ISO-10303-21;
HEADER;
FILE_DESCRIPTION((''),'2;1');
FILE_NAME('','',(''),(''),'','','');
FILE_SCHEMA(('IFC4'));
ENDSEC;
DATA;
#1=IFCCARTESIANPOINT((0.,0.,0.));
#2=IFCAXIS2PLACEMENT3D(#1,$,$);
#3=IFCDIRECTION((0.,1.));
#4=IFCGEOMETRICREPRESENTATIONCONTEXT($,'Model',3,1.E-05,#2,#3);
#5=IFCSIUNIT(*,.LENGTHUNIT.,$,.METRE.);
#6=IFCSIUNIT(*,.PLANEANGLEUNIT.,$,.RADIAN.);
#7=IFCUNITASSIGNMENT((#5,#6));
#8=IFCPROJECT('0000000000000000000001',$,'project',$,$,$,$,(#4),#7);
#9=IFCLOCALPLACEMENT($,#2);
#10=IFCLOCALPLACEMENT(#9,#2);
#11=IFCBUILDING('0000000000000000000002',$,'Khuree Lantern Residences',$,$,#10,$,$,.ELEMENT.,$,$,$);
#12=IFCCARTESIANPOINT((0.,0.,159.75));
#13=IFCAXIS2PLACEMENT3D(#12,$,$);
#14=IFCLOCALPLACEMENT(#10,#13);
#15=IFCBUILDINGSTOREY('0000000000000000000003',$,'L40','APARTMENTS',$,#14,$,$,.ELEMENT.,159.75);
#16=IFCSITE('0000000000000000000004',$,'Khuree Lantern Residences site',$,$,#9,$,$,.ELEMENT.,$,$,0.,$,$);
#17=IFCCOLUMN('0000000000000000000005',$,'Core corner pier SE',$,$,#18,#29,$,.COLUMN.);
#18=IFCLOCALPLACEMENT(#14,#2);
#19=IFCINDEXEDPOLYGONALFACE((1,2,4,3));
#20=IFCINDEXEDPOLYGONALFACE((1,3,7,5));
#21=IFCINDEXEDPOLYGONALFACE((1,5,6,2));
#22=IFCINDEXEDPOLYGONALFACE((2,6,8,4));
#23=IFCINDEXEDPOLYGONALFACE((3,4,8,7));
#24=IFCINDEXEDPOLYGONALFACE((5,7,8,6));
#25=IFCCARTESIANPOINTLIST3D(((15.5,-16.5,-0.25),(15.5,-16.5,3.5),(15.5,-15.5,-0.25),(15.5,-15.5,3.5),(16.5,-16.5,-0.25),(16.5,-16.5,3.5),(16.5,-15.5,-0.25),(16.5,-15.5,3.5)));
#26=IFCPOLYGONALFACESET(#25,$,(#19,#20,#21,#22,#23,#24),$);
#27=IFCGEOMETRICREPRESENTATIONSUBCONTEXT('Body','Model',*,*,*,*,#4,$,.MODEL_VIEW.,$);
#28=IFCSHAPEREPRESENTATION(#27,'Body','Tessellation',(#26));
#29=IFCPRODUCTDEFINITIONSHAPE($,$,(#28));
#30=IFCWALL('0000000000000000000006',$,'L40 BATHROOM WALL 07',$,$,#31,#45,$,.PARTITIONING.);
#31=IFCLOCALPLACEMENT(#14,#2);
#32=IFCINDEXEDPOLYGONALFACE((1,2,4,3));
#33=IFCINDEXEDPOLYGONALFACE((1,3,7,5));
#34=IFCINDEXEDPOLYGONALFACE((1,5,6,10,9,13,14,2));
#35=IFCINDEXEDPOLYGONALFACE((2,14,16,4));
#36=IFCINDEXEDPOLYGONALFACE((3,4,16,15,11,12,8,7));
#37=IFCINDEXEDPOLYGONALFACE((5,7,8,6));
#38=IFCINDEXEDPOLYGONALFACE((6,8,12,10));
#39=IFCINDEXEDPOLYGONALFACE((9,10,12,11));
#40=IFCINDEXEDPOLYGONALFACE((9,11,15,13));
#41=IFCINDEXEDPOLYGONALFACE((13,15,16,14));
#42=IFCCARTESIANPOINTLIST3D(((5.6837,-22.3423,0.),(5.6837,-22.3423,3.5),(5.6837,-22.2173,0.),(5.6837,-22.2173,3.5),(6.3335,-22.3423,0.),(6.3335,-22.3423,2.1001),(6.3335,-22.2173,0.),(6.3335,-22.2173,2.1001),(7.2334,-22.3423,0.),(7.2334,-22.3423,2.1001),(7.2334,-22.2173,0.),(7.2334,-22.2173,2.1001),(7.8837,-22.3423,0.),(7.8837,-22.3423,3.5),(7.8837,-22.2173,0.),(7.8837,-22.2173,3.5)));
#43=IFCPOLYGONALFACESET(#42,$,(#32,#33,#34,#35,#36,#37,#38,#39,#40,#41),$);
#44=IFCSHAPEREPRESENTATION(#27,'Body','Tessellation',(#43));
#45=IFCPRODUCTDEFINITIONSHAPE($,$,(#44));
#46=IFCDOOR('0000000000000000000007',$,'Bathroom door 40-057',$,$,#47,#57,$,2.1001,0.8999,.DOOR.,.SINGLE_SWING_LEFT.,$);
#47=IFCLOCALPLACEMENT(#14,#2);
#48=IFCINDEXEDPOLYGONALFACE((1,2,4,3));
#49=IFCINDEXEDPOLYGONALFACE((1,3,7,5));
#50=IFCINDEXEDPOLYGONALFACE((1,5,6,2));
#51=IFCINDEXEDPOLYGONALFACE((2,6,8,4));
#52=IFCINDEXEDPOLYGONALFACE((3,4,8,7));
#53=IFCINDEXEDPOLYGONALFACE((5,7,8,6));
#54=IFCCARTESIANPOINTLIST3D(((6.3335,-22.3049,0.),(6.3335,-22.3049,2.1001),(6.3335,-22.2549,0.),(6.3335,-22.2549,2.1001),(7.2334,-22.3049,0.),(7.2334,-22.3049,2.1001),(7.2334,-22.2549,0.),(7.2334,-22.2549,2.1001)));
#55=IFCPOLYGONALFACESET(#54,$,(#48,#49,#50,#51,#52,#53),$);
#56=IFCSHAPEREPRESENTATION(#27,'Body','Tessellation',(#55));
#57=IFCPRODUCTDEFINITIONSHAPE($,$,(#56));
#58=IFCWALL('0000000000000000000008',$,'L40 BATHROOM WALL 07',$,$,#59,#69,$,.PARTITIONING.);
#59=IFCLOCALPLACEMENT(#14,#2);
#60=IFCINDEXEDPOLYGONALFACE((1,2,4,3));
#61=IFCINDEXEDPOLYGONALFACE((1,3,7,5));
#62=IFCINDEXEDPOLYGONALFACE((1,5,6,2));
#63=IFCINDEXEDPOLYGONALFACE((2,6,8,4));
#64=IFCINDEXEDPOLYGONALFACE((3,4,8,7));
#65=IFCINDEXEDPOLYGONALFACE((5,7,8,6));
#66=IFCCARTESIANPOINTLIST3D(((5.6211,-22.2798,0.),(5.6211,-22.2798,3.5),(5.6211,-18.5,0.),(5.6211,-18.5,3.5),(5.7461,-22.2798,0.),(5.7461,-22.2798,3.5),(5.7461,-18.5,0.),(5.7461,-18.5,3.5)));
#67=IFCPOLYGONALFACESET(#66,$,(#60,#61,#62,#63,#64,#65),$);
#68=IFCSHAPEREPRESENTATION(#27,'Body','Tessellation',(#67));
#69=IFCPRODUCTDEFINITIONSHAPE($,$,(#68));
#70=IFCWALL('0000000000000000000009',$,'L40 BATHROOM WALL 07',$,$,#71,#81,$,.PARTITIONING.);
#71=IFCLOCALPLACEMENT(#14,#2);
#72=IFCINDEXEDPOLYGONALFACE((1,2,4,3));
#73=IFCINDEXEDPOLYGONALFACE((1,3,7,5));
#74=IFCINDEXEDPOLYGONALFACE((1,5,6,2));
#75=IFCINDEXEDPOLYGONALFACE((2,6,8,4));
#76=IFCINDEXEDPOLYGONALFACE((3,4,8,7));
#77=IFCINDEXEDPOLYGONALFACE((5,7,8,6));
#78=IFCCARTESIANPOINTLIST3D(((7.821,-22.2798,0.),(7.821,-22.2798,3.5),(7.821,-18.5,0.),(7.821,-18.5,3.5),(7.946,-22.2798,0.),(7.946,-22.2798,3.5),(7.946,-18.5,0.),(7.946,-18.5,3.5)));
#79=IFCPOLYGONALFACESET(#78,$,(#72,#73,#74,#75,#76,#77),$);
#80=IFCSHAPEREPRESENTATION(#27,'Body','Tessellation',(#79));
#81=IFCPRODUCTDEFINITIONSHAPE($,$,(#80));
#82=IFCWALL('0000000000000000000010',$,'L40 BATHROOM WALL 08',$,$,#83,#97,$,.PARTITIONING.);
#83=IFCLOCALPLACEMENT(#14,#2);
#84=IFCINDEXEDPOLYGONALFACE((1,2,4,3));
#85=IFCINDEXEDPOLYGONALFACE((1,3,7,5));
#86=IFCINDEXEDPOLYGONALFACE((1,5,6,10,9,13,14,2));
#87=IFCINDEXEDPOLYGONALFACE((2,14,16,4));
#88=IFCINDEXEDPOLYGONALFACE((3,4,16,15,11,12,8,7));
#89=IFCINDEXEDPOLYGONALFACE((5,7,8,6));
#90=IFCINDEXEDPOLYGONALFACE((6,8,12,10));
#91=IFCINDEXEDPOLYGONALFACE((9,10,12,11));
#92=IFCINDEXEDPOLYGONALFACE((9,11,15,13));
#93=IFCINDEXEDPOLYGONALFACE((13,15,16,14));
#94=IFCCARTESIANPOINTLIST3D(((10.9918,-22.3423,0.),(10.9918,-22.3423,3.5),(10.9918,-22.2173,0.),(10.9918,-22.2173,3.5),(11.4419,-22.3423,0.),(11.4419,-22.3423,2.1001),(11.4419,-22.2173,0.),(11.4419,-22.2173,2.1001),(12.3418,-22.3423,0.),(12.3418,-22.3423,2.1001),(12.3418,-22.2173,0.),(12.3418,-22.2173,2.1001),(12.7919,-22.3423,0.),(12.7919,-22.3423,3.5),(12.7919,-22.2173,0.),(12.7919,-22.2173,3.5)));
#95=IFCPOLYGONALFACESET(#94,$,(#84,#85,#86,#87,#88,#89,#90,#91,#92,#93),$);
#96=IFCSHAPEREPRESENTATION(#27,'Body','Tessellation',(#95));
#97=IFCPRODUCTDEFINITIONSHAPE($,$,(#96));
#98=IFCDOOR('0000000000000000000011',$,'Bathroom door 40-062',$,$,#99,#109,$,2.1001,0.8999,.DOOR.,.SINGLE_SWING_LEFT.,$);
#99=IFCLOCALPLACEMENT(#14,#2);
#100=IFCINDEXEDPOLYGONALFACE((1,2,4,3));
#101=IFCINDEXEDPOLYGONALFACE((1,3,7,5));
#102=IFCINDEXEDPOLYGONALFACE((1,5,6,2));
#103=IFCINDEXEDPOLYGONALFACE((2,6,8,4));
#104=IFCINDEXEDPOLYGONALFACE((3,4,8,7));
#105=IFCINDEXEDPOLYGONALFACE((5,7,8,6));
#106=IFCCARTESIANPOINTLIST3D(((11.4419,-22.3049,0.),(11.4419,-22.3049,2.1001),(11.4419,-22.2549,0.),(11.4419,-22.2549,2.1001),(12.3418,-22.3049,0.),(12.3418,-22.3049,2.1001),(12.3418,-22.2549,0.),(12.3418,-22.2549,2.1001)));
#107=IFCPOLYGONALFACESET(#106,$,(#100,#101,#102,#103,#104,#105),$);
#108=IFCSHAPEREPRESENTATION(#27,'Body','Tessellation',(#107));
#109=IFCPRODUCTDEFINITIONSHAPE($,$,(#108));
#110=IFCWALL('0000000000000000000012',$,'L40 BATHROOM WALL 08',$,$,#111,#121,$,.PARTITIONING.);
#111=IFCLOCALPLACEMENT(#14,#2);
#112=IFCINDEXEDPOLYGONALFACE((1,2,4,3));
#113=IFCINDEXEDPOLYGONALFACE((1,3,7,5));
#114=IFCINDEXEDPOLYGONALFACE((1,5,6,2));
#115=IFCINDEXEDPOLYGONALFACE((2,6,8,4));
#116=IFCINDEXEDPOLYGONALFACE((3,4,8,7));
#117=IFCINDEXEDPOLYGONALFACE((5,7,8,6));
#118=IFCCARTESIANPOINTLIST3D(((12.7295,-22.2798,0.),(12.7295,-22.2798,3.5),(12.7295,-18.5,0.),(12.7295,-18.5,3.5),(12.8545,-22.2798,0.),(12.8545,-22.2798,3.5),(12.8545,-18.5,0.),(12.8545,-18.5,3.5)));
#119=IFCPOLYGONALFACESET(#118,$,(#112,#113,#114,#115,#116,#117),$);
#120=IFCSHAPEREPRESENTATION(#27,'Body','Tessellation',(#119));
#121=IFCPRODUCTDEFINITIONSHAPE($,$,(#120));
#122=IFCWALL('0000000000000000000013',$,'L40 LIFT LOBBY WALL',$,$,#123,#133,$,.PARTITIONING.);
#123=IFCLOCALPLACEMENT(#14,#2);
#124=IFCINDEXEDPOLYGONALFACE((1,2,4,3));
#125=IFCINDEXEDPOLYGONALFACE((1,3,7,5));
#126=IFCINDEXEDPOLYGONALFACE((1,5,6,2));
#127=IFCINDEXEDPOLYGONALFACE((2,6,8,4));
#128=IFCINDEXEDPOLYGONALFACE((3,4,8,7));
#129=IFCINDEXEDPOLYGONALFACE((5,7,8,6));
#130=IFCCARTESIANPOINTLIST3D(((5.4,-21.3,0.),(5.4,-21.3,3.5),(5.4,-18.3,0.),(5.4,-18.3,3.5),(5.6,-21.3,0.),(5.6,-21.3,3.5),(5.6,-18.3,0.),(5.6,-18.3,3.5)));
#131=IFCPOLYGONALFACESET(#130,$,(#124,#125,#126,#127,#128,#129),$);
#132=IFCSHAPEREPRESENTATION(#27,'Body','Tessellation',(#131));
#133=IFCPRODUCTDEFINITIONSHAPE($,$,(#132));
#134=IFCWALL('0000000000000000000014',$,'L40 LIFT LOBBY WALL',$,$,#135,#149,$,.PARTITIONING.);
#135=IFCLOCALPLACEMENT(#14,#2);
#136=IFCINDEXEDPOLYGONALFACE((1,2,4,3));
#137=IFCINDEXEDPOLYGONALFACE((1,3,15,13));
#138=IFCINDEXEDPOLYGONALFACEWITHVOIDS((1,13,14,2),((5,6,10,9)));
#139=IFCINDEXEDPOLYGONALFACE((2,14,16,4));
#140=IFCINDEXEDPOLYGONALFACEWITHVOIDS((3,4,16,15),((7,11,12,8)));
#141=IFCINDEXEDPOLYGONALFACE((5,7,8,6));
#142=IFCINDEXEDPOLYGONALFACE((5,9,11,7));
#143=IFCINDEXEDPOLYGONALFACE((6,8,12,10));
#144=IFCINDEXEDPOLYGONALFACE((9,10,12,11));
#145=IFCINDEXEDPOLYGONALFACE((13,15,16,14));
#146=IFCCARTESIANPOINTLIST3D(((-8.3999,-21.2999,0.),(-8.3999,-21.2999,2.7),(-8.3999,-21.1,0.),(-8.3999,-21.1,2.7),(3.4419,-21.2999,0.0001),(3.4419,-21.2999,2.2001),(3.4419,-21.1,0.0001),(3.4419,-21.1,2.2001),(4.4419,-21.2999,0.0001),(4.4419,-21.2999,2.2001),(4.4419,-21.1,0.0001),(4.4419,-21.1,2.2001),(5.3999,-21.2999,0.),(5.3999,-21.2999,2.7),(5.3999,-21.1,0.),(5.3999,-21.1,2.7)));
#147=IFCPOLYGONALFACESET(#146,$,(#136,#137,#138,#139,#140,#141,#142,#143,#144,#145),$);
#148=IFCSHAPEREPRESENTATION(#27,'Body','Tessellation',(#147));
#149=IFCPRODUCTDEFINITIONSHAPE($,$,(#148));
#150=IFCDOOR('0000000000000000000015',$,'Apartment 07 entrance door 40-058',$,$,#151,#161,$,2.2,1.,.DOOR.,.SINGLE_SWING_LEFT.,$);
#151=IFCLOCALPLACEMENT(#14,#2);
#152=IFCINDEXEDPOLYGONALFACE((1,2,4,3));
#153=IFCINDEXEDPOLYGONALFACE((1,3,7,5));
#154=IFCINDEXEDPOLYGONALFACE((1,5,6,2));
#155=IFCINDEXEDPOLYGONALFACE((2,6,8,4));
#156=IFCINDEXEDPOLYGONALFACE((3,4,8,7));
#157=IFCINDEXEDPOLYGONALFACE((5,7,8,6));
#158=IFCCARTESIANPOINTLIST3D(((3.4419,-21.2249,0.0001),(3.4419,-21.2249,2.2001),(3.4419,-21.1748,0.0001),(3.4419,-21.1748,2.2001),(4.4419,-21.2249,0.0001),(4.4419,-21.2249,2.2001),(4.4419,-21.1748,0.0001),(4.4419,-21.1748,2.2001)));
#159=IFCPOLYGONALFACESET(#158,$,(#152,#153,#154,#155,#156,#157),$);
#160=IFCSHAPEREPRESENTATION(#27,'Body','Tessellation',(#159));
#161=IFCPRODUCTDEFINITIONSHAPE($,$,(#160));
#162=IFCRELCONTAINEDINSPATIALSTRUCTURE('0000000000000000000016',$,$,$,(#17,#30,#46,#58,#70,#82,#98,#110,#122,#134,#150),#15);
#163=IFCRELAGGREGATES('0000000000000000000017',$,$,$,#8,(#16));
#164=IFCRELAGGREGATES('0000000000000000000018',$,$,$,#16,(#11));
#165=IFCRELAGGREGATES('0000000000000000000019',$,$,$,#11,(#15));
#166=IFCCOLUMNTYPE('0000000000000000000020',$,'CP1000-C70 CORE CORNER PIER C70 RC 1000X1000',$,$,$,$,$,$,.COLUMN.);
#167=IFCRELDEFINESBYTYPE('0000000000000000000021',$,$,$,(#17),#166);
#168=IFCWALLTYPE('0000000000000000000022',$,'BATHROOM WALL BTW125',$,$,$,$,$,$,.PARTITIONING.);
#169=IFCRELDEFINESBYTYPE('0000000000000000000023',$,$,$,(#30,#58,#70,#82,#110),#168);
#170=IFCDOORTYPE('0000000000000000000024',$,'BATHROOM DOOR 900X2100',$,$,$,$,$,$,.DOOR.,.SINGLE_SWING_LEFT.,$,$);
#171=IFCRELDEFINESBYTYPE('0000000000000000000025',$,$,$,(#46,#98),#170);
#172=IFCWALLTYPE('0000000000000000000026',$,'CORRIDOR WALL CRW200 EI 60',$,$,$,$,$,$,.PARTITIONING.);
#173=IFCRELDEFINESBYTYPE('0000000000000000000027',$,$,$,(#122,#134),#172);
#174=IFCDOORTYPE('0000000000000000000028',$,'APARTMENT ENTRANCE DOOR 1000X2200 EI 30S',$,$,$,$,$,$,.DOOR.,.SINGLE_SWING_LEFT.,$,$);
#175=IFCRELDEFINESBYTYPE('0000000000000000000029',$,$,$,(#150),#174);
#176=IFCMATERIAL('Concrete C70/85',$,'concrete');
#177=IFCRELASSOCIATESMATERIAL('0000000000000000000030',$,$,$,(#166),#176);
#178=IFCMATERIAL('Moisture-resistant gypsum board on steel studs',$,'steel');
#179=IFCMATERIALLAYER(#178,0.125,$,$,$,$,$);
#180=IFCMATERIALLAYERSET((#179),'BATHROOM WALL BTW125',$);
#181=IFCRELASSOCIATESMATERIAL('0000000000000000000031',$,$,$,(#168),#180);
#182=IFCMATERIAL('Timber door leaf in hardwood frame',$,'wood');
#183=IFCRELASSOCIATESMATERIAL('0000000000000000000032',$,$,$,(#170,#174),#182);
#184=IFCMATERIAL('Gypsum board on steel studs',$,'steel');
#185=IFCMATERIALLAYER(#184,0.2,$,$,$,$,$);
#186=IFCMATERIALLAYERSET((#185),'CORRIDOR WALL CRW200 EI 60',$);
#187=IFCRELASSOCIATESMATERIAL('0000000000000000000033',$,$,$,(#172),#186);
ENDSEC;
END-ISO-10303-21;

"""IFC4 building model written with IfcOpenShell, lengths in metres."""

from ifc_helpers import new_model, si_unit, direction, frame, frame_2d, origin, origin_2d, place, context, subcontext, project, spatial, rectangle, extrude, material, layer, layer_set, material_profile, profile_set, type_object, element, fill, save


model = new_model("IFC4")

# Units and contexts
model_context = context("Model", 3, precision=1e-05, world=origin(), true_north=direction((0.0, 1.0)))
body_context = subcontext(model_context, "Body", "Model", "MODEL_VIEW")
ifc_project = project(units=[si_unit("LENGTHUNIT", "METRE"), si_unit("PLANEANGLEUNIT", "RADIAN")], contexts=[model_context])

# Site, building, storey
site_placement = place(None, origin())
site = spatial("IfcSite", under=ifc_project, at=site_placement, Name="Khuree Lantern Residences site", CompositionType="ELEMENT", RefElevation=0.0)
building_placement = place(site_placement, origin())
building = spatial("IfcBuilding", under=site, at=building_placement, Name="Khuree Lantern Residences", CompositionType="ELEMENT")
storey_placement = place(building_placement, frame((0.0, 0.0, 159.75)))
storey = spatial("IfcBuildingStorey", under=building, at=storey_placement, Name="L40", Description="APARTMENTS", CompositionType="ELEMENT", Elevation=159.75)

# Column
ifc_material_1 = material(Name="Concrete C70/85", Category="concrete")
ifc_material_profile = material_profile(ifc_material_1, rectangle(XDim=1.0, YDim=1.0, at=origin_2d()), Name="RC 1000X1000")
ifc_profile_set = profile_set([ifc_material_profile], Name="Concrete C70/85")
column_type = type_object("IfcColumnType", Name="CP1000-C70 CORE CORNER PIER C70 RC 1000X1000", PredefinedType="COLUMN", material=ifc_profile_set)
column_placement = place(storey_placement, frame((16.0, -16.0, -0.25), z_axis=(0.0, 0.0, 1.0), x_axis=(1.0, 0.0, 0.0)))
element("IfcColumn", 1, at=column_placement, inside=storey, type_object=column_type, Name="Core corner pier SE", PredefinedType="COLUMN", context=body_context, shape_type="SweptSolid", body=[
    extrude(rectangle(XDim=1.0, YDim=1.0, at=origin_2d()), origin(), (0.0, 0.0, 1.0), 3.75),
])

# Wall, opening, door
ifc_material_2 = material(Name="Moisture-resistant gypsum board on steel studs", Category="steel")
ifc_layer_1 = layer(ifc_material_2, 0.125)
ifc_layer_set_1 = layer_set([ifc_layer_1], Name="BATHROOM WALL BTW125")
wall_type_1 = type_object("IfcWallType", Name="BATHROOM WALL BTW125", PredefinedType="PARTITIONING", material=ifc_layer_set_1)
wall_1_placement = place(storey_placement, frame((5.6836, -22.2798, 0.0), z_axis=(0.0, 0.0, 1.0), x_axis=(1.0, 0.0, 0.0)))
wall_1 = element("IfcWall", 2, at=wall_1_placement, inside=storey, type_object=wall_type_1, Name="L40 BATHROOM WALL 07", PredefinedType="PARTITIONING", context=body_context, shape_type="SweptSolid", body=[
    extrude(rectangle(XDim=2.2, YDim=0.125, at=frame_2d((1.1001, 0.0))), origin(), (0.0, 0.0, 1.0), 3.5),
])
opening_1_placement = place(wall_1_placement, frame((0.6499, 0.0, 0.0)))
opening_1 = element("IfcOpeningElement", 3, at=opening_1_placement, cuts=wall_1, PredefinedType="OPENING", context=body_context, shape_type="SweptSolid", body=[
    extrude(rectangle(XDim=0.8999, YDim=2.1001, at=frame_2d((0.45, 1.05))), frame((0.0, 0.0725, 0.0), z_axis=(0.0, -1.0, 0.0), x_axis=(1.0, 0.0, 0.0)), (0.0, 0.0, 1.0), 0.145),
])
ifc_material_3 = material(Name="Timber door leaf in hardwood frame", Category="wood")
door_type_1 = type_object("IfcDoorType", Name="BATHROOM DOOR 900X2100", OperationType="SINGLE_SWING_LEFT", PredefinedType="DOOR", material=ifc_material_3)
door_1_placement = place(opening_1_placement, origin())
door_1 = element("IfcDoor", 4, at=door_1_placement, inside=storey, type_object=door_type_1, Name="Bathroom door 40-057", OperationType="SINGLE_SWING_LEFT", OverallHeight=2.1001, OverallWidth=0.8999, PredefinedType="DOOR", context=body_context, shape_type="SweptSolid", body=[
    extrude(rectangle(XDim=0.8999, YDim=2.1001, at=frame_2d((0.45, 1.05))), frame((0.0, 0.0249, 0.0), z_axis=(0.0, -1.0, 0.0), x_axis=(1.0, 0.0, 0.0)), (0.0, 0.0, 1.0), 0.05),
])
fill(opening_1, door_1)

# Walls
for number, where, z_axis, x_axis, name in (
    (5, (5.6836, -18.5, 0.0), (0.0, 0.0, 1.0), (0.0, -1.0, 0.0), "L40 BATHROOM WALL 07"),
    (6, (7.8835, -18.5, 0.0), (0.0, 0.0, 1.0), (0.0, -1.0, 0.0), "L40 BATHROOM WALL 07"),
):
    element("IfcWall", number, at=place(storey_placement, frame(where, z_axis=z_axis, x_axis=x_axis)), inside=storey, type_object=wall_type_1, Name=name, PredefinedType="PARTITIONING", context=body_context, shape_type="SweptSolid", body=[
        extrude(rectangle(XDim=3.7798, YDim=0.125, at=frame_2d((1.8899, 0.0))), origin(), (0.0, 0.0, 1.0), 3.5),
    ])

# Wall, opening, door
wall_2_placement = place(storey_placement, frame((10.9919, -22.2798, 0.0), z_axis=(0.0, 0.0, 1.0), x_axis=(1.0, 0.0, 0.0)))
wall_2 = element("IfcWall", 7, at=wall_2_placement, inside=storey, type_object=wall_type_1, Name="L40 BATHROOM WALL 08", PredefinedType="PARTITIONING", context=body_context, shape_type="SweptSolid", body=[
    extrude(rectangle(XDim=1.8, YDim=0.125, at=frame_2d((0.8999, 0.0))), origin(), (0.0, 0.0, 1.0), 3.5),
])
opening_2_placement = place(wall_2_placement, frame((0.45, 0.0, 0.0)))
opening_2 = element("IfcOpeningElement", 8, at=opening_2_placement, cuts=wall_2, PredefinedType="OPENING", context=body_context, shape_type="SweptSolid", body=[
    extrude(rectangle(XDim=0.8999, YDim=2.1001, at=frame_2d((0.45, 1.05))), frame((0.0, 0.0725, 0.0), z_axis=(0.0, -1.0, 0.0), x_axis=(1.0, 0.0, 0.0)), (0.0, 0.0, 1.0), 0.145),
])
door_2_placement = place(opening_2_placement, origin())
door_2 = element("IfcDoor", 9, at=door_2_placement, inside=storey, type_object=door_type_1, Name="Bathroom door 40-062", OperationType="SINGLE_SWING_LEFT", OverallHeight=2.1001, OverallWidth=0.8999, PredefinedType="DOOR", context=body_context, shape_type="SweptSolid", body=[
    extrude(rectangle(XDim=0.8999, YDim=2.1001, at=frame_2d((0.45, 1.05))), frame((0.0, 0.0249, 0.0), z_axis=(0.0, -1.0, 0.0), x_axis=(1.0, 0.0, 0.0)), (0.0, 0.0, 1.0), 0.05),
])
fill(opening_2, door_2)

# Walls
wall_3_placement = place(storey_placement, frame((12.792, -18.5, 0.0), z_axis=(0.0, 0.0, 1.0), x_axis=(0.0, -1.0, 0.0)))
element("IfcWall", 10, at=wall_3_placement, inside=storey, type_object=wall_type_1, Name="L40 BATHROOM WALL 08", PredefinedType="PARTITIONING", context=body_context, shape_type="SweptSolid", body=[
    extrude(rectangle(XDim=3.7798, YDim=0.125, at=frame_2d((1.8899, 0.0))), origin(), (0.0, 0.0, 1.0), 3.5),
])
ifc_material_4 = material(Name="Gypsum board on steel studs", Category="steel")
ifc_layer_2 = layer(ifc_material_4, 0.2)
ifc_layer_set_2 = layer_set([ifc_layer_2], Name="CORRIDOR WALL CRW200 EI 60")
wall_type_2 = type_object("IfcWallType", Name="CORRIDOR WALL CRW200 EI 60", PredefinedType="PARTITIONING", material=ifc_layer_set_2)
wall_4_placement = place(storey_placement, frame((5.5, -18.3, 0.0), z_axis=(0.0, 0.0, 1.0), x_axis=(0.0, -1.0, 0.0)))
element("IfcWall", 11, at=wall_4_placement, inside=storey, type_object=wall_type_2, Name="L40 LIFT LOBBY WALL", PredefinedType="PARTITIONING", context=body_context, shape_type="SweptSolid", body=[
    extrude(rectangle(XDim=3.0, YDim=0.2, at=frame_2d((1.5, 0.0))), origin(), (0.0, 0.0, 1.0), 3.5),
])

# Wall, opening, door
wall_5_placement = place(storey_placement, frame((5.3999, -21.2, 0.0), z_axis=(0.0, 0.0, 1.0), x_axis=(-1.0, 0.0, 0.0)))
wall_5 = element("IfcWall", 12, at=wall_5_placement, inside=storey, type_object=wall_type_2, Name="L40 LIFT LOBBY WALL", PredefinedType="PARTITIONING", context=body_context, shape_type="SweptSolid", body=[
    extrude(rectangle(XDim=13.7998, YDim=0.2, at=frame_2d((6.8999, 0.0))), origin(), (0.0, 0.0, 1.0), 2.7),
])
opening_3_placement = place(wall_5_placement, frame((0.958, 0.0, 0.0)))
opening_3 = element("IfcOpeningElement", 13, at=opening_3_placement, cuts=wall_5, PredefinedType="OPENING", context=body_context, shape_type="SweptSolid", body=[
    extrude(rectangle(XDim=1.0, YDim=2.2, at=frame_2d((0.5, 1.1001))), frame((0.0, 0.1099, 0.0), z_axis=(0.0, -1.0, 0.0), x_axis=(1.0, 0.0, 0.0)), (0.0, 0.0, 1.0), 0.22),
])
door_type_2 = type_object("IfcDoorType", Name="APARTMENT ENTRANCE DOOR 1000X2200 EI 30S", OperationType="SINGLE_SWING_LEFT", PredefinedType="DOOR", material=ifc_material_3)
door_3_placement = place(opening_3_placement, origin())
door_3 = element("IfcDoor", 14, at=door_3_placement, inside=storey, type_object=door_type_2, Name="Apartment 07 entrance door 40-058", OperationType="SINGLE_SWING_LEFT", OverallHeight=2.2, OverallWidth=1.0, PredefinedType="DOOR", context=body_context, shape_type="SweptSolid", body=[
    extrude(rectangle(XDim=1.0, YDim=2.2, at=frame_2d((0.5, 1.1001))), frame((0.0, 0.0249, 0.0), z_axis=(0.0, -1.0, 0.0), x_axis=(1.0, 0.0, 0.0)), (0.0, 0.0, 1.0), 0.05),
])
fill(opening_3, door_3)

save(model, "model.ifc")
